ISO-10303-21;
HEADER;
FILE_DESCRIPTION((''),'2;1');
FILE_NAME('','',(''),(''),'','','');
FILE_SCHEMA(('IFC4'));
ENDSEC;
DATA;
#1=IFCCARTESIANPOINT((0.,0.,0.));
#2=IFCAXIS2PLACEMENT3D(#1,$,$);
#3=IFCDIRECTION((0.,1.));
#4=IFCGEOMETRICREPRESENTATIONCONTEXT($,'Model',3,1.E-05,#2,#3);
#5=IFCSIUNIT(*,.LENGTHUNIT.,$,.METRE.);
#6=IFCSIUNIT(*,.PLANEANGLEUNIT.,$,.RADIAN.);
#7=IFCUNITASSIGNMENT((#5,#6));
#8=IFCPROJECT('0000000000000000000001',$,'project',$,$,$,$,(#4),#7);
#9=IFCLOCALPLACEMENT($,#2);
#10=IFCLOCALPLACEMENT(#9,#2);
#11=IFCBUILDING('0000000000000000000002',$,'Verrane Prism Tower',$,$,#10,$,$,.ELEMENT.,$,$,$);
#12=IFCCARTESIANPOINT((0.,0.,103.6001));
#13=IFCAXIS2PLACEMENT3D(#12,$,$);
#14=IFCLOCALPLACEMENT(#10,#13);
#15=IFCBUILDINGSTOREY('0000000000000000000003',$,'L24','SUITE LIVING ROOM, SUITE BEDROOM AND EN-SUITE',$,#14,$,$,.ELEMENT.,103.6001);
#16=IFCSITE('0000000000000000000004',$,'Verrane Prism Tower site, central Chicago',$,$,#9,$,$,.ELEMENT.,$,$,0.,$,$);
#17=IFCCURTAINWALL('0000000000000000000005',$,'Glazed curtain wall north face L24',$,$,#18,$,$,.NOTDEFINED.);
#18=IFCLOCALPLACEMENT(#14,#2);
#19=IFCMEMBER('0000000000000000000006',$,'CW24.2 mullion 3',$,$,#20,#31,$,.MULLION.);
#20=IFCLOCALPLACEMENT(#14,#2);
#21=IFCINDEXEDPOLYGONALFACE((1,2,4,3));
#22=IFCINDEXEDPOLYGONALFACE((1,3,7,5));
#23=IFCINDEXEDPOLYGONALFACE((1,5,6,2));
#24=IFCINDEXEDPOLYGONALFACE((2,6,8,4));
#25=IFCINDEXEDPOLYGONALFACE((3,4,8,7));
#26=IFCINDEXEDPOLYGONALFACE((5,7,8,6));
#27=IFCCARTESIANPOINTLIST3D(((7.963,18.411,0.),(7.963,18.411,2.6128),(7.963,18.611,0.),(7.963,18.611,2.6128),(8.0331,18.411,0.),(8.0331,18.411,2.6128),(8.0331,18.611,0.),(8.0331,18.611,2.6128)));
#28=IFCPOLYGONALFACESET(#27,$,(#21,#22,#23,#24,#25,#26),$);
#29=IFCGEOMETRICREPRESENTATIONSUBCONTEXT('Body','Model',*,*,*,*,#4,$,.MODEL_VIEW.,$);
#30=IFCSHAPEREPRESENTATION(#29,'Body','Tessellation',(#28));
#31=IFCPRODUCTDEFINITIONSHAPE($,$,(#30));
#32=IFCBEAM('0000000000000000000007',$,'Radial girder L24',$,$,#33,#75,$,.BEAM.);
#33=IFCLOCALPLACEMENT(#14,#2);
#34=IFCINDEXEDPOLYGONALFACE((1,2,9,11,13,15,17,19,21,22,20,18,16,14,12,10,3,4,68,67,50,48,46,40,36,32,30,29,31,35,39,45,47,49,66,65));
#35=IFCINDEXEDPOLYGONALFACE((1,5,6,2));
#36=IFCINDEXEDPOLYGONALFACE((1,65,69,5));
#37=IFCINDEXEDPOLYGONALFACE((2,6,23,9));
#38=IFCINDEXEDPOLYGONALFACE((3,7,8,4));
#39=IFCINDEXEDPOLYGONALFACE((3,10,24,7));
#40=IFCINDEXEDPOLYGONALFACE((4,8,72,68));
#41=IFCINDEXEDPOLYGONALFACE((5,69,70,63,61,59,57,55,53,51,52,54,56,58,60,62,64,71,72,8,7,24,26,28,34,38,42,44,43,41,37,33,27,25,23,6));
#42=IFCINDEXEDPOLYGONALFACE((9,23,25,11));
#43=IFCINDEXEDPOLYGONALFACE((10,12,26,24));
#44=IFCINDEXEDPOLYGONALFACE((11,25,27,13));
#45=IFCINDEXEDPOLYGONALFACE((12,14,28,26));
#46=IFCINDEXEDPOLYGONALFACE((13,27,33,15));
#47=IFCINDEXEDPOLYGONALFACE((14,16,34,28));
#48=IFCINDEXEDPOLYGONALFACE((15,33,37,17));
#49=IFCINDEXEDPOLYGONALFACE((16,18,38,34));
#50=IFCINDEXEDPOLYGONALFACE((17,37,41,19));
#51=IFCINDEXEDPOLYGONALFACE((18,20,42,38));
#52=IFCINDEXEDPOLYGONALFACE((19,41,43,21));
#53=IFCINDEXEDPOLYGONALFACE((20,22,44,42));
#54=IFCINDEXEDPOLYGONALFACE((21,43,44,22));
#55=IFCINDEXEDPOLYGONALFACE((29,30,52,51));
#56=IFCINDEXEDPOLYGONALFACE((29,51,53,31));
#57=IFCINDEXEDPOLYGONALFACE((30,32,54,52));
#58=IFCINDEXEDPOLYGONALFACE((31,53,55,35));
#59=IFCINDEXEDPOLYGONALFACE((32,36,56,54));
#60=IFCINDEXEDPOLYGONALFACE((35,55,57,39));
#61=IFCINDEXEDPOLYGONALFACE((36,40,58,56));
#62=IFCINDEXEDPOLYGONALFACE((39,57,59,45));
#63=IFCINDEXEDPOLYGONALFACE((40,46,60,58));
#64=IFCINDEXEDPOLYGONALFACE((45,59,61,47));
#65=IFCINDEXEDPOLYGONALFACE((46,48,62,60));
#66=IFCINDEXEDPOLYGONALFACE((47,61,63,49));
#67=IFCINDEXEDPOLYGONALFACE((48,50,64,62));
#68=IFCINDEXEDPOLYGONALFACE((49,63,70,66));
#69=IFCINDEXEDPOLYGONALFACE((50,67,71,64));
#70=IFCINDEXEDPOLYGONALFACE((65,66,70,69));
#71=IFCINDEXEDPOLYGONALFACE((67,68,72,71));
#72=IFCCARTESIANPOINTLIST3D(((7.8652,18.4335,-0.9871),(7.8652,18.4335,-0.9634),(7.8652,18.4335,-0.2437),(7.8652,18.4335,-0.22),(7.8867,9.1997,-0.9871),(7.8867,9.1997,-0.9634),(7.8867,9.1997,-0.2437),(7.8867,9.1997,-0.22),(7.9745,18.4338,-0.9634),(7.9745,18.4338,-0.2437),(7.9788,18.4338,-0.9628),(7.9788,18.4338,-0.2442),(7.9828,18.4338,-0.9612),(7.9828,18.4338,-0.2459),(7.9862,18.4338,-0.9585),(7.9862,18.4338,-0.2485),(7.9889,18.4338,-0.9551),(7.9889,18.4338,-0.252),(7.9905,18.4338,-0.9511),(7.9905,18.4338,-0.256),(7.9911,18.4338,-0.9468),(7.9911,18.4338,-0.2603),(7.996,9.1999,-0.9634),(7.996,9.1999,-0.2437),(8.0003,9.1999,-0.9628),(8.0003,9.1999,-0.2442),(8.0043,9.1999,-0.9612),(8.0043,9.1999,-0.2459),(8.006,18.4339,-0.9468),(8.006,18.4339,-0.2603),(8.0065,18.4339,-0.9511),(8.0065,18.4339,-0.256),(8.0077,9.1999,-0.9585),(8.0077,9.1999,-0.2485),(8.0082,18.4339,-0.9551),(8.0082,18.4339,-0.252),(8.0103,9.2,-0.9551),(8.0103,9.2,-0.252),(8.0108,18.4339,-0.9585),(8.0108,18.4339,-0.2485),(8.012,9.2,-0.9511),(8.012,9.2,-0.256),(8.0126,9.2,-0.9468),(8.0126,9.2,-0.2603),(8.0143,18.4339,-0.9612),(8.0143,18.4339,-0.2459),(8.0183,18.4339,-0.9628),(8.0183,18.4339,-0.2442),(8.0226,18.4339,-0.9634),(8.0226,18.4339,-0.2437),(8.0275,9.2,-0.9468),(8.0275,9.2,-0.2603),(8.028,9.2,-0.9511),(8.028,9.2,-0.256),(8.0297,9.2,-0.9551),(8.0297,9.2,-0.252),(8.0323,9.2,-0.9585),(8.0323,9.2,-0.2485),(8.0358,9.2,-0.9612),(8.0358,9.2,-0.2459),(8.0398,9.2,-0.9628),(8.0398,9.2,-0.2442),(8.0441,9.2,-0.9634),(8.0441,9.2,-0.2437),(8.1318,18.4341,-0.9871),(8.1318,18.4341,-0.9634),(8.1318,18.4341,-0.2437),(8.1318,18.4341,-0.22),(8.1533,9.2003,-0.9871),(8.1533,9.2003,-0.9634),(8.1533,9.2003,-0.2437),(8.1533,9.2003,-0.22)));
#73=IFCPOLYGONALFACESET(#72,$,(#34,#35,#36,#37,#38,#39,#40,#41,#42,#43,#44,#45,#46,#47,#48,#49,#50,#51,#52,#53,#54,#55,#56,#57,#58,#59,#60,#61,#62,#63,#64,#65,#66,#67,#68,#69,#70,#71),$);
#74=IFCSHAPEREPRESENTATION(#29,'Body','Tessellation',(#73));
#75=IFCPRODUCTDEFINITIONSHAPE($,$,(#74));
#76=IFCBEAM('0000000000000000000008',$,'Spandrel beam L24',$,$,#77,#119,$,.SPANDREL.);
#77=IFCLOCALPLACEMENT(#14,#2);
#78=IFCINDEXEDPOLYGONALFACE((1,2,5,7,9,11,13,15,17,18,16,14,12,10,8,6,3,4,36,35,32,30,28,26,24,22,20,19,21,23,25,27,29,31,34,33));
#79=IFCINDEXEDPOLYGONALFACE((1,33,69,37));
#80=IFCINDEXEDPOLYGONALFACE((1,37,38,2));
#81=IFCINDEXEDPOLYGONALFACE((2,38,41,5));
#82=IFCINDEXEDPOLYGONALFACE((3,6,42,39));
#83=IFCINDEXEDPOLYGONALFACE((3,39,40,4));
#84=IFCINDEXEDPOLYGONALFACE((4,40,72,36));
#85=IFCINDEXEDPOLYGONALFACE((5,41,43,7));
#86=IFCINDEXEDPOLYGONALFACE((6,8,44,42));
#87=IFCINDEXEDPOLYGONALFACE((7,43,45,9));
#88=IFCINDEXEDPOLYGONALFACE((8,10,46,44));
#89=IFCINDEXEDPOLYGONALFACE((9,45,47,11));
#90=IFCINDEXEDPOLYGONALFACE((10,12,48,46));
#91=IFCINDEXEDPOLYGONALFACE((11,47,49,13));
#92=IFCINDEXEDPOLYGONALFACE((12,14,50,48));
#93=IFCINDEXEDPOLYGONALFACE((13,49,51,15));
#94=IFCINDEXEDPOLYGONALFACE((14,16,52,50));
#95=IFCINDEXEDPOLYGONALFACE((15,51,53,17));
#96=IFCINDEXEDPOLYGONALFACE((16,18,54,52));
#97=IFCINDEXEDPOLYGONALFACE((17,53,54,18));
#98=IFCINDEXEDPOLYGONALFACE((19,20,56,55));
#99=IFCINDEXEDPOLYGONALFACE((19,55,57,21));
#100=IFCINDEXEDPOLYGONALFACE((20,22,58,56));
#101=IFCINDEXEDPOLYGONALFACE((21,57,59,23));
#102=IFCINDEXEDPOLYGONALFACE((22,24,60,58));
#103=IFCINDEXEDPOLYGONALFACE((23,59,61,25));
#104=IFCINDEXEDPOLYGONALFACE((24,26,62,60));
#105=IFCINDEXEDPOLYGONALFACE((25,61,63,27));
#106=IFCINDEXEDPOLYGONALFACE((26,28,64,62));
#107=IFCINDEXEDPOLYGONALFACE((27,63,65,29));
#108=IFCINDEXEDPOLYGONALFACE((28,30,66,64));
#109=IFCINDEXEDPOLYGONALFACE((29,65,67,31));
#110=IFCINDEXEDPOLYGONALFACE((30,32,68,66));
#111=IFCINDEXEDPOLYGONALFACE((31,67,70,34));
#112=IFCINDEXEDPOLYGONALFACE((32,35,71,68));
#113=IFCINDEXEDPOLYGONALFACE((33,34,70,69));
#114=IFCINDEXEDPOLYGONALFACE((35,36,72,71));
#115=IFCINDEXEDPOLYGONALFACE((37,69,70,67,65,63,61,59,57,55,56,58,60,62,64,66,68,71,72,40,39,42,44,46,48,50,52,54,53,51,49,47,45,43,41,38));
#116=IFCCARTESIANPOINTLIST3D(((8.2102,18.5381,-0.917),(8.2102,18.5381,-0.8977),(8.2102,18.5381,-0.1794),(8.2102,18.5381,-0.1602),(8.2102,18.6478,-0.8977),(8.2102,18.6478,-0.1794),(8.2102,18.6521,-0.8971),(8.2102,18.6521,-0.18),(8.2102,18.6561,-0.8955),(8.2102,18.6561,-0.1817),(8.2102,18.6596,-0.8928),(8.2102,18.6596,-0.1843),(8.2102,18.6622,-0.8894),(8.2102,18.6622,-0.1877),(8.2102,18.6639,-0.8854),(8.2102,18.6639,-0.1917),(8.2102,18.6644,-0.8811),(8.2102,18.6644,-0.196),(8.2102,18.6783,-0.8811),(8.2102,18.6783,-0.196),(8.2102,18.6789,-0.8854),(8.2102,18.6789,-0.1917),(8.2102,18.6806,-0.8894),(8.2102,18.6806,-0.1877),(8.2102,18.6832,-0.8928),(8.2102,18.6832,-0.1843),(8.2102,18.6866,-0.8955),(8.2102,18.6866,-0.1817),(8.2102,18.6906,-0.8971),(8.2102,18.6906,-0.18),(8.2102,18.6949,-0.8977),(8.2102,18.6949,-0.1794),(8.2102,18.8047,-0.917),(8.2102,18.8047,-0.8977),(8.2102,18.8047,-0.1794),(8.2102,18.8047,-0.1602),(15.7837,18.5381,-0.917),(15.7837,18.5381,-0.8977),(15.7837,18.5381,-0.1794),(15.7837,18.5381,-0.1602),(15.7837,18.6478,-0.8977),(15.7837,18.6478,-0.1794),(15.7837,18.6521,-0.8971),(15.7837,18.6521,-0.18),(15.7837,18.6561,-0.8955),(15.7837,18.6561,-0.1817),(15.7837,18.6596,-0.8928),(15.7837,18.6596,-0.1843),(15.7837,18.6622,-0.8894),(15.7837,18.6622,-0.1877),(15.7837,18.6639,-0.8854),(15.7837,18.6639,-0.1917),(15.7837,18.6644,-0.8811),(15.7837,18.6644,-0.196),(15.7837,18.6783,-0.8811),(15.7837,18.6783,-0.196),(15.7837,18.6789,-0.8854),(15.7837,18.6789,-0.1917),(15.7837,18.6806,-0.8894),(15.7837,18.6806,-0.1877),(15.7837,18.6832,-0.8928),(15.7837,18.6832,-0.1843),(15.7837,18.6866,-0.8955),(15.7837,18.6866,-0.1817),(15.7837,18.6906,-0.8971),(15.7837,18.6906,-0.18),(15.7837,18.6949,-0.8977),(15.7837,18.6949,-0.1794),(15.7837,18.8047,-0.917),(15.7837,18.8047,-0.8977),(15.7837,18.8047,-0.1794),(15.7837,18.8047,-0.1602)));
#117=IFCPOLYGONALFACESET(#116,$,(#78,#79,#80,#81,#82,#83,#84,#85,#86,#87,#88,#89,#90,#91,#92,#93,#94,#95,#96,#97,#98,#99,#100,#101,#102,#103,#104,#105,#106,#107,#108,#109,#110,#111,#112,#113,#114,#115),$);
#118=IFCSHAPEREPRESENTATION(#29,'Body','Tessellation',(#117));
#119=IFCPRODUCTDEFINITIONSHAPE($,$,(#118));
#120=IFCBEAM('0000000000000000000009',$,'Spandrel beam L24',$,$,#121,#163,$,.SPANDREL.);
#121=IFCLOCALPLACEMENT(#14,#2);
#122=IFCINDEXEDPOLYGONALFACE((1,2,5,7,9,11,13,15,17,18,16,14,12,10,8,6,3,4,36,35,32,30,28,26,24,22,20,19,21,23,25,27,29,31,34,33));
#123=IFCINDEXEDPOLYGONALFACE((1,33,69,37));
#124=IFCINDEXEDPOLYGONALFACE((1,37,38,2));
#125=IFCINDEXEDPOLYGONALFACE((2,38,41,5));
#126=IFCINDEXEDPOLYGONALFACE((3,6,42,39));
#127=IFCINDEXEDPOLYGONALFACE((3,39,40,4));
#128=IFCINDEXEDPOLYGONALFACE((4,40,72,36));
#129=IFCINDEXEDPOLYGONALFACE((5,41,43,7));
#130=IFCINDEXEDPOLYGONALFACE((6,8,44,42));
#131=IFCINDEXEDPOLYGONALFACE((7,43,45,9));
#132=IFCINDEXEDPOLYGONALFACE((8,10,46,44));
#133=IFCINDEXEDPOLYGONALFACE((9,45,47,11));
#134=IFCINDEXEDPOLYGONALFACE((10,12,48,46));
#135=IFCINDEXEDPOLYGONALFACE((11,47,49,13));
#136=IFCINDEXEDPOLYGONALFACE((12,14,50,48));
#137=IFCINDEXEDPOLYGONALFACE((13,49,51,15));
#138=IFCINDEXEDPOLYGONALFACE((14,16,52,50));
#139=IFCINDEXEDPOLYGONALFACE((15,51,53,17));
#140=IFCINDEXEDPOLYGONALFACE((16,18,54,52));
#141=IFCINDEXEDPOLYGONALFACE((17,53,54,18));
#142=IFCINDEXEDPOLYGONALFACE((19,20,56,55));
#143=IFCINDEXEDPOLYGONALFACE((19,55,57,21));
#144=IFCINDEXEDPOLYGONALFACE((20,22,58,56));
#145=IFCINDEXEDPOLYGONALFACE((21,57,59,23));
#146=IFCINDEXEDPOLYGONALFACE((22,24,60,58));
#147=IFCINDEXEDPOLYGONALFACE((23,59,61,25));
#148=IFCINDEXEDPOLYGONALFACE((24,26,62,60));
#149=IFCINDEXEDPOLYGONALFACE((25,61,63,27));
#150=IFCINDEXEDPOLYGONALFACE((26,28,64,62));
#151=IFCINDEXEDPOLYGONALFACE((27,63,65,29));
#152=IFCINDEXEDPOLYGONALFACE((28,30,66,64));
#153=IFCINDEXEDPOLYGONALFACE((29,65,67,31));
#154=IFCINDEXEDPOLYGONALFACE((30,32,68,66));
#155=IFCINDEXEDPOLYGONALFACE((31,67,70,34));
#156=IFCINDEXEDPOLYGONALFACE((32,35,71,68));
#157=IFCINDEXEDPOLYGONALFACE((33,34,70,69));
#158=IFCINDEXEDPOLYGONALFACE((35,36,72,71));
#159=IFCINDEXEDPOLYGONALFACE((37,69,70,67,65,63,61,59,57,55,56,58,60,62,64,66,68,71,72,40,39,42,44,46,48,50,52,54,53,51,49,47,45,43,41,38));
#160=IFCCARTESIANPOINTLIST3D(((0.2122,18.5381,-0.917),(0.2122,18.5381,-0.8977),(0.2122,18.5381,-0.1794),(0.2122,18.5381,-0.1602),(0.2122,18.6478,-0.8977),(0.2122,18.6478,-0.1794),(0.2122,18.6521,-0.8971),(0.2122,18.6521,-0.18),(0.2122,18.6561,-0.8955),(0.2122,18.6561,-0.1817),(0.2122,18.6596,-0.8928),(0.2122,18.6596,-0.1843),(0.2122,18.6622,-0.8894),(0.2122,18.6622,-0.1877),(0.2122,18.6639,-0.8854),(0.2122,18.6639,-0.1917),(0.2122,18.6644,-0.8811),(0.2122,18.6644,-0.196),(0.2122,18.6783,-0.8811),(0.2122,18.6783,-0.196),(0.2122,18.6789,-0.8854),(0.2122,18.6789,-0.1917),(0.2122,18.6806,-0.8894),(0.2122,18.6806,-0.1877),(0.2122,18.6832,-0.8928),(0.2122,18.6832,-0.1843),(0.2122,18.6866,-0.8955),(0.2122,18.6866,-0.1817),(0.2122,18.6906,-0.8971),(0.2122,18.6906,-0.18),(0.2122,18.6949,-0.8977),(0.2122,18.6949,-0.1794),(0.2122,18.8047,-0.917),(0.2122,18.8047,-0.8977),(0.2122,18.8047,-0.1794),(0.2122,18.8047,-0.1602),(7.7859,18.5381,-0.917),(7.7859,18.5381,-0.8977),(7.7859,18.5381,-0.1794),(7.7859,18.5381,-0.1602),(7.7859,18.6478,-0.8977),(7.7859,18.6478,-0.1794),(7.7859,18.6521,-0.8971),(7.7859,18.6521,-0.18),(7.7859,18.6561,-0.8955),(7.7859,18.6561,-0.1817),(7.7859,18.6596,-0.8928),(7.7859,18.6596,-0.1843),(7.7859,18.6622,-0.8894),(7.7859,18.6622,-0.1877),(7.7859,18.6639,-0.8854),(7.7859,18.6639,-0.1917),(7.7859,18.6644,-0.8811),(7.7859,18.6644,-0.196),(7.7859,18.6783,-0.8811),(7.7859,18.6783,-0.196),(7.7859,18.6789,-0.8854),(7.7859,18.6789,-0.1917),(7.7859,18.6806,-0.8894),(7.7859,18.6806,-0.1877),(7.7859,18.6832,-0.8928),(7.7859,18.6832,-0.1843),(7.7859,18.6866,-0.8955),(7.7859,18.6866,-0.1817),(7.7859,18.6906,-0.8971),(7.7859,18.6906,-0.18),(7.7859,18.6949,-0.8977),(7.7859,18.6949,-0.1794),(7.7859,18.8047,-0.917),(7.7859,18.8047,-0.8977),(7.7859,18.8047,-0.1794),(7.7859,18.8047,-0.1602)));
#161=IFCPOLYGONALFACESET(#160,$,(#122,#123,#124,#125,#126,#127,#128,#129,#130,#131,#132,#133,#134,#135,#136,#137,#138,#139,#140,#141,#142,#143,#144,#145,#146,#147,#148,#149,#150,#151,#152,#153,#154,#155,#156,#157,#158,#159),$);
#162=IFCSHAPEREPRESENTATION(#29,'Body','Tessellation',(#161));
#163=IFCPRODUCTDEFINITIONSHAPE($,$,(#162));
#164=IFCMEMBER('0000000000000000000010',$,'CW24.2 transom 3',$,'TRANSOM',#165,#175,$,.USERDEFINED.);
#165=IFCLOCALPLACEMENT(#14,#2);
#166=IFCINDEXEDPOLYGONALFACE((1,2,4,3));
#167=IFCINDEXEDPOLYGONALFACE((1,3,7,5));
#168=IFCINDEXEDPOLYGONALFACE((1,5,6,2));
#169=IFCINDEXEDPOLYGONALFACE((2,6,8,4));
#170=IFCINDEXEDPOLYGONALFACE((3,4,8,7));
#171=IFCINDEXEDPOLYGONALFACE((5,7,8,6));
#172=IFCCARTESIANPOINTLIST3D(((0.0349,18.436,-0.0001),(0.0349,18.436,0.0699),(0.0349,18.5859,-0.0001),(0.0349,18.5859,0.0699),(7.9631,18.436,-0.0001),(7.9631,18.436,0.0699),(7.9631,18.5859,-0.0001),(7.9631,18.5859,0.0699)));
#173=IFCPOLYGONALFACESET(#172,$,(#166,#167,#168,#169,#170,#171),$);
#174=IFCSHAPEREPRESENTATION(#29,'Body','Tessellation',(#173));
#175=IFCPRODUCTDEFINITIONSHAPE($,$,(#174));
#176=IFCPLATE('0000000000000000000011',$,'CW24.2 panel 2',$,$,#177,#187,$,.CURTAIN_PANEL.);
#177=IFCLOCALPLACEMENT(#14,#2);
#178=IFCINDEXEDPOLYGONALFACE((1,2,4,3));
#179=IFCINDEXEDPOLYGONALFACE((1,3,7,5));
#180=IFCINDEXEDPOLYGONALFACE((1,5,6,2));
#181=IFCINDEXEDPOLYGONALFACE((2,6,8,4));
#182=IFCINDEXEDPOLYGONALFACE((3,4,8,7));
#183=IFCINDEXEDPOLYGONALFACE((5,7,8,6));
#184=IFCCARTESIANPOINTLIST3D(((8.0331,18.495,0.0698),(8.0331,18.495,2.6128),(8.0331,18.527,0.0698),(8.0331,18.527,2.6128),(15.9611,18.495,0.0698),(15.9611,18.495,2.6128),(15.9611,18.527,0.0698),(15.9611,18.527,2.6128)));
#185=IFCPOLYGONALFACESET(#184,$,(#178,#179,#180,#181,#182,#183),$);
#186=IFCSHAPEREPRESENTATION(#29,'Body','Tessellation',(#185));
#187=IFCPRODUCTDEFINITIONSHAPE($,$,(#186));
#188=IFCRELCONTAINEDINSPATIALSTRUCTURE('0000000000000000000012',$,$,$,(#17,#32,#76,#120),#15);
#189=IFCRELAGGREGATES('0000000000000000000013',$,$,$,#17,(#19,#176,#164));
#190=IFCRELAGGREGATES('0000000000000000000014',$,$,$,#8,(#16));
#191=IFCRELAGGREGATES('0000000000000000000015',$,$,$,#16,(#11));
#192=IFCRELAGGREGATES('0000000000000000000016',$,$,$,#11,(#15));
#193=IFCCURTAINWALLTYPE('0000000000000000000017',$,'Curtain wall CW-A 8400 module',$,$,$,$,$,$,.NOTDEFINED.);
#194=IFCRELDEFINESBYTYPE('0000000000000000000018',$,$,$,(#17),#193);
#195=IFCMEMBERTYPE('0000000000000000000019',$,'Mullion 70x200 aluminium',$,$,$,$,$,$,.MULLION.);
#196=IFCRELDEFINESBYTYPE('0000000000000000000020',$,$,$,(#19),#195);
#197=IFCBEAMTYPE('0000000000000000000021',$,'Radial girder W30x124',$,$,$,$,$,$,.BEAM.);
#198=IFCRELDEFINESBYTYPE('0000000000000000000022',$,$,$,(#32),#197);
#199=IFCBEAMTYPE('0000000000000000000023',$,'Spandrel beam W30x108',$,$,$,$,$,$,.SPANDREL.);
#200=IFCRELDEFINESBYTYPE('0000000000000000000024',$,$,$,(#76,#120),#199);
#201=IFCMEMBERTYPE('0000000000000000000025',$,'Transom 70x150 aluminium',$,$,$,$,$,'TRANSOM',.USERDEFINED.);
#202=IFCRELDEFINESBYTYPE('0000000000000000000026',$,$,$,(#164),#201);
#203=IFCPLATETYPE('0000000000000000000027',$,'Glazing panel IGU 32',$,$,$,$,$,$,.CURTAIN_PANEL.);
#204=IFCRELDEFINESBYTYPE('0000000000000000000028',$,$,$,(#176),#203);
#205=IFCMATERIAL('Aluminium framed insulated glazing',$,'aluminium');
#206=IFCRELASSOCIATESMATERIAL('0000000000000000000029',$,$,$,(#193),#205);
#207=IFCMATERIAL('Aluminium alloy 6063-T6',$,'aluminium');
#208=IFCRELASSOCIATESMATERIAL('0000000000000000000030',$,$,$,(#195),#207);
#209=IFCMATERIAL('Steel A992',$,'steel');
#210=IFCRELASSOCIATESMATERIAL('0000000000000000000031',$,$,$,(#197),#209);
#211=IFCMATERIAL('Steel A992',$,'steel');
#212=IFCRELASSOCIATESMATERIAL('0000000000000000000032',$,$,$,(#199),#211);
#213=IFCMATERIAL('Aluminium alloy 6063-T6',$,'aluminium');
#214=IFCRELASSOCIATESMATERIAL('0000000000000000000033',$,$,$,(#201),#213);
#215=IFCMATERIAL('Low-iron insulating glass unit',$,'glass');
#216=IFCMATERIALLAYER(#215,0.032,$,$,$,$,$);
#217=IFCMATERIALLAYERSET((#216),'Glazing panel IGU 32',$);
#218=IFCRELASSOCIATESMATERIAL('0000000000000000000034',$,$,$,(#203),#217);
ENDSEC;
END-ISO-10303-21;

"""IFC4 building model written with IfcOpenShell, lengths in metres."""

from ifc_helpers import new_model, si_unit, direction, frame, origin, origin_2d, place, context, subcontext, project, spatial, rectangle, i_section, extrude, material, layer, layer_set, material_profile, profile_set, type_object, element, aggregate, save


model = new_model("IFC4")

# Units and contexts
model_context = context("Model", 3, precision=1e-05, world=origin(), true_north=direction((0.0, 1.0)))
body_context = subcontext(model_context, "Body", "Model", "MODEL_VIEW")
ifc_project = project(units=[si_unit("LENGTHUNIT", "METRE"), si_unit("PLANEANGLEUNIT", "RADIAN")], contexts=[model_context])

# Site, building, storey
site_placement = place(None, origin())
site = spatial("IfcSite", under=ifc_project, at=site_placement, Name="Verrane Prism Tower site, central Chicago", CompositionType="ELEMENT", RefElevation=0.0)
building_placement = place(site_placement, origin())
building = spatial("IfcBuilding", under=site, at=building_placement, Name="Verrane Prism Tower", CompositionType="ELEMENT")
storey_placement = place(building_placement, frame((0.0, 0.0, 103.6001)))
storey = spatial("IfcBuildingStorey", under=building, at=storey_placement, Name="L24", Description="SUITE LIVING ROOM, SUITE BEDROOM AND EN-SUITE", CompositionType="ELEMENT", Elevation=103.6001)

# Curtain wall, member
ifc_material_1 = material(Name="Aluminium framed insulated glazing", Category="aluminium")
curtain_wall_type = type_object("IfcCurtainWallType", Name="Curtain wall CW-A 8400 module", PredefinedType="NOTDEFINED", material=ifc_material_1)
curtain_wall_placement = place(storey_placement, origin())
curtain_wall = element("IfcCurtainWall", 1, at=curtain_wall_placement, inside=storey, type_object=curtain_wall_type, Name="Glazed curtain wall north face L24", PredefinedType="NOTDEFINED")
ifc_material_2 = material(Name="Aluminium alloy 6063-T6", Category="aluminium")
ifc_material_profile_1 = material_profile(ifc_material_2, rectangle(XDim=0.2, YDim=0.0701, at=origin_2d()), Name="Mullion 70x200 aluminium")
ifc_profile_set_1 = profile_set([ifc_material_profile_1], Name="Aluminium alloy 6063-T6")
member_type_1 = type_object("IfcMemberType", Name="Mullion 70x200 aluminium", PredefinedType="MULLION", material=ifc_profile_set_1)
member_1_placement = place(storey_placement, frame((7.998, 18.511, 0.0), z_axis=(0.0, 0.0, 1.0), x_axis=(0.0, -1.0, 0.0)))
member_1 = element("IfcMember", 2, at=member_1_placement, type_object=member_type_1, Name="CW24.2 mullion 3", PredefinedType="MULLION", context=body_context, shape_type="SweptSolid", body=[
    extrude(rectangle(XDim=0.2, YDim=0.0701, at=origin_2d()), origin(), (0.0, 0.0, 1.0), 2.6128),
])

# Beams
ifc_material_3 = material(Name="Steel A992", Category="steel")
ifc_material_profile_2 = material_profile(ifc_material_3, i_section(OverallWidth=0.2666, OverallDepth=0.7671, WebThickness=0.0149, FlangeThickness=0.0237, FilletRadius=0.0166, at=origin_2d()), Name="W30x124")
ifc_profile_set_2 = profile_set([ifc_material_profile_2], Name="Steel A992")
beam_type_1 = type_object("IfcBeamType", Name="Radial girder W30x124", PredefinedType="BEAM", material=ifc_profile_set_2)
beam_1_placement = place(storey_placement, frame((7.9985, 18.4338, -0.6035), z_axis=(0.002327, -0.999997, 0.0), x_axis=(0.999997, 0.002327, 0.0)))
element("IfcBeam", 3, at=beam_1_placement, inside=storey, type_object=beam_type_1, Name="Radial girder L24", PredefinedType="BEAM", context=body_context, shape_type="SweptSolid", body=[
    extrude(i_section(OverallWidth=0.2666, OverallDepth=0.7671, WebThickness=0.0149, FlangeThickness=0.0237, FilletRadius=0.0166, at=origin_2d()), origin(), (0.0, 0.0, 1.0), 9.2339),
])
ifc_material_4 = material(Name="Steel A992", Category="steel")
ifc_material_profile_3 = material_profile(ifc_material_4, i_section(OverallWidth=0.2666, OverallDepth=0.7568, WebThickness=0.0139, FlangeThickness=0.0193, FilletRadius=0.0166, at=origin_2d()), Name="W30x108")
ifc_profile_set_3 = profile_set([ifc_material_profile_3], Name="Steel A992")
beam_type_2 = type_object("IfcBeamType", Name="Spandrel beam W30x108", PredefinedType="SPANDREL", material=ifc_profile_set_3)
beam_2_placement = place(storey_placement, frame((15.7837, 18.6714, -0.5386), z_axis=(-1.0, 0.0, 0.0), x_axis=(0.0, -1.0, 0.0)))
element("IfcBeam", 4, at=beam_2_placement, inside=storey, type_object=beam_type_2, Name="Spandrel beam L24", PredefinedType="SPANDREL", context=body_context, shape_type="SweptSolid", body=[
    extrude(i_section(OverallWidth=0.2666, OverallDepth=0.7568, WebThickness=0.0139, FlangeThickness=0.0193, FilletRadius=0.0166, at=origin_2d()), origin(), (0.0, 0.0, 1.0), 7.5735),
])
beam_3_placement = place(storey_placement, frame((7.7859, 18.6714, -0.5386), z_axis=(-1.0, 0.0, 0.0), x_axis=(0.0, -1.0, 0.0)))
element("IfcBeam", 5, at=beam_3_placement, inside=storey, type_object=beam_type_2, Name="Spandrel beam L24", PredefinedType="SPANDREL", context=body_context, shape_type="SweptSolid", body=[
    extrude(i_section(OverallWidth=0.2666, OverallDepth=0.7568, WebThickness=0.0139, FlangeThickness=0.0193, FilletRadius=0.0166, at=origin_2d()), origin(), (0.0, 0.0, 1.0), 7.5737),
])

# Member
ifc_material_5 = material(Name="Aluminium alloy 6063-T6", Category="aluminium")
ifc_material_profile_4 = material_profile(ifc_material_5, rectangle(XDim=0.1499, YDim=0.0701, at=origin_2d()), Name="Transom 70x150 aluminium")
ifc_profile_set_4 = profile_set([ifc_material_profile_4], Name="Aluminium alloy 6063-T6")
member_type_2 = type_object("IfcMemberType", Name="Transom 70x150 aluminium", ElementType="TRANSOM", PredefinedType="USERDEFINED", material=ifc_profile_set_4)
member_2_placement = place(storey_placement, frame((7.9631, 18.511, 0.0349), z_axis=(-1.0, 0.0, 0.0), x_axis=(0.0, -1.0, 0.0)))
member_2 = element("IfcMember", 6, at=member_2_placement, type_object=member_type_2, Name="CW24.2 transom 3", ObjectType="TRANSOM", PredefinedType="USERDEFINED", context=body_context, shape_type="SweptSolid", body=[
    extrude(rectangle(XDim=0.1499, YDim=0.0701, at=origin_2d()), origin(), (0.0, 0.0, 1.0), 7.9282),
])

# Plate
ifc_material_6 = material(Name="Low-iron insulating glass unit", Category="glass")
ifc_layer_1 = layer(ifc_material_6, 0.032)
ifc_layer_set_1 = layer_set([ifc_layer_1], Name="Glazing panel IGU 32")
plate_type = type_object("IfcPlateType", Name="Glazing panel IGU 32", PredefinedType="CURTAIN_PANEL", material=ifc_layer_set_1)
plate_1_placement = place(storey_placement, frame((11.9971, 18.511, 0.0698), z_axis=(0.0, 0.0, 1.0), x_axis=(-1.0, 0.0, 0.0)))
plate_1 = element("IfcPlate", 7, at=plate_1_placement, type_object=plate_type, Name="CW24.2 panel 2", PredefinedType="CURTAIN_PANEL", context=body_context, shape_type="SweptSolid", body=[
    extrude(rectangle(XDim=7.928, YDim=0.032, at=origin_2d()), origin(), (0.0, 0.0, 1.0), 2.543),
])
aggregate(curtain_wall, [member_1, plate_1, member_2])

save(model, "model.ifc")
